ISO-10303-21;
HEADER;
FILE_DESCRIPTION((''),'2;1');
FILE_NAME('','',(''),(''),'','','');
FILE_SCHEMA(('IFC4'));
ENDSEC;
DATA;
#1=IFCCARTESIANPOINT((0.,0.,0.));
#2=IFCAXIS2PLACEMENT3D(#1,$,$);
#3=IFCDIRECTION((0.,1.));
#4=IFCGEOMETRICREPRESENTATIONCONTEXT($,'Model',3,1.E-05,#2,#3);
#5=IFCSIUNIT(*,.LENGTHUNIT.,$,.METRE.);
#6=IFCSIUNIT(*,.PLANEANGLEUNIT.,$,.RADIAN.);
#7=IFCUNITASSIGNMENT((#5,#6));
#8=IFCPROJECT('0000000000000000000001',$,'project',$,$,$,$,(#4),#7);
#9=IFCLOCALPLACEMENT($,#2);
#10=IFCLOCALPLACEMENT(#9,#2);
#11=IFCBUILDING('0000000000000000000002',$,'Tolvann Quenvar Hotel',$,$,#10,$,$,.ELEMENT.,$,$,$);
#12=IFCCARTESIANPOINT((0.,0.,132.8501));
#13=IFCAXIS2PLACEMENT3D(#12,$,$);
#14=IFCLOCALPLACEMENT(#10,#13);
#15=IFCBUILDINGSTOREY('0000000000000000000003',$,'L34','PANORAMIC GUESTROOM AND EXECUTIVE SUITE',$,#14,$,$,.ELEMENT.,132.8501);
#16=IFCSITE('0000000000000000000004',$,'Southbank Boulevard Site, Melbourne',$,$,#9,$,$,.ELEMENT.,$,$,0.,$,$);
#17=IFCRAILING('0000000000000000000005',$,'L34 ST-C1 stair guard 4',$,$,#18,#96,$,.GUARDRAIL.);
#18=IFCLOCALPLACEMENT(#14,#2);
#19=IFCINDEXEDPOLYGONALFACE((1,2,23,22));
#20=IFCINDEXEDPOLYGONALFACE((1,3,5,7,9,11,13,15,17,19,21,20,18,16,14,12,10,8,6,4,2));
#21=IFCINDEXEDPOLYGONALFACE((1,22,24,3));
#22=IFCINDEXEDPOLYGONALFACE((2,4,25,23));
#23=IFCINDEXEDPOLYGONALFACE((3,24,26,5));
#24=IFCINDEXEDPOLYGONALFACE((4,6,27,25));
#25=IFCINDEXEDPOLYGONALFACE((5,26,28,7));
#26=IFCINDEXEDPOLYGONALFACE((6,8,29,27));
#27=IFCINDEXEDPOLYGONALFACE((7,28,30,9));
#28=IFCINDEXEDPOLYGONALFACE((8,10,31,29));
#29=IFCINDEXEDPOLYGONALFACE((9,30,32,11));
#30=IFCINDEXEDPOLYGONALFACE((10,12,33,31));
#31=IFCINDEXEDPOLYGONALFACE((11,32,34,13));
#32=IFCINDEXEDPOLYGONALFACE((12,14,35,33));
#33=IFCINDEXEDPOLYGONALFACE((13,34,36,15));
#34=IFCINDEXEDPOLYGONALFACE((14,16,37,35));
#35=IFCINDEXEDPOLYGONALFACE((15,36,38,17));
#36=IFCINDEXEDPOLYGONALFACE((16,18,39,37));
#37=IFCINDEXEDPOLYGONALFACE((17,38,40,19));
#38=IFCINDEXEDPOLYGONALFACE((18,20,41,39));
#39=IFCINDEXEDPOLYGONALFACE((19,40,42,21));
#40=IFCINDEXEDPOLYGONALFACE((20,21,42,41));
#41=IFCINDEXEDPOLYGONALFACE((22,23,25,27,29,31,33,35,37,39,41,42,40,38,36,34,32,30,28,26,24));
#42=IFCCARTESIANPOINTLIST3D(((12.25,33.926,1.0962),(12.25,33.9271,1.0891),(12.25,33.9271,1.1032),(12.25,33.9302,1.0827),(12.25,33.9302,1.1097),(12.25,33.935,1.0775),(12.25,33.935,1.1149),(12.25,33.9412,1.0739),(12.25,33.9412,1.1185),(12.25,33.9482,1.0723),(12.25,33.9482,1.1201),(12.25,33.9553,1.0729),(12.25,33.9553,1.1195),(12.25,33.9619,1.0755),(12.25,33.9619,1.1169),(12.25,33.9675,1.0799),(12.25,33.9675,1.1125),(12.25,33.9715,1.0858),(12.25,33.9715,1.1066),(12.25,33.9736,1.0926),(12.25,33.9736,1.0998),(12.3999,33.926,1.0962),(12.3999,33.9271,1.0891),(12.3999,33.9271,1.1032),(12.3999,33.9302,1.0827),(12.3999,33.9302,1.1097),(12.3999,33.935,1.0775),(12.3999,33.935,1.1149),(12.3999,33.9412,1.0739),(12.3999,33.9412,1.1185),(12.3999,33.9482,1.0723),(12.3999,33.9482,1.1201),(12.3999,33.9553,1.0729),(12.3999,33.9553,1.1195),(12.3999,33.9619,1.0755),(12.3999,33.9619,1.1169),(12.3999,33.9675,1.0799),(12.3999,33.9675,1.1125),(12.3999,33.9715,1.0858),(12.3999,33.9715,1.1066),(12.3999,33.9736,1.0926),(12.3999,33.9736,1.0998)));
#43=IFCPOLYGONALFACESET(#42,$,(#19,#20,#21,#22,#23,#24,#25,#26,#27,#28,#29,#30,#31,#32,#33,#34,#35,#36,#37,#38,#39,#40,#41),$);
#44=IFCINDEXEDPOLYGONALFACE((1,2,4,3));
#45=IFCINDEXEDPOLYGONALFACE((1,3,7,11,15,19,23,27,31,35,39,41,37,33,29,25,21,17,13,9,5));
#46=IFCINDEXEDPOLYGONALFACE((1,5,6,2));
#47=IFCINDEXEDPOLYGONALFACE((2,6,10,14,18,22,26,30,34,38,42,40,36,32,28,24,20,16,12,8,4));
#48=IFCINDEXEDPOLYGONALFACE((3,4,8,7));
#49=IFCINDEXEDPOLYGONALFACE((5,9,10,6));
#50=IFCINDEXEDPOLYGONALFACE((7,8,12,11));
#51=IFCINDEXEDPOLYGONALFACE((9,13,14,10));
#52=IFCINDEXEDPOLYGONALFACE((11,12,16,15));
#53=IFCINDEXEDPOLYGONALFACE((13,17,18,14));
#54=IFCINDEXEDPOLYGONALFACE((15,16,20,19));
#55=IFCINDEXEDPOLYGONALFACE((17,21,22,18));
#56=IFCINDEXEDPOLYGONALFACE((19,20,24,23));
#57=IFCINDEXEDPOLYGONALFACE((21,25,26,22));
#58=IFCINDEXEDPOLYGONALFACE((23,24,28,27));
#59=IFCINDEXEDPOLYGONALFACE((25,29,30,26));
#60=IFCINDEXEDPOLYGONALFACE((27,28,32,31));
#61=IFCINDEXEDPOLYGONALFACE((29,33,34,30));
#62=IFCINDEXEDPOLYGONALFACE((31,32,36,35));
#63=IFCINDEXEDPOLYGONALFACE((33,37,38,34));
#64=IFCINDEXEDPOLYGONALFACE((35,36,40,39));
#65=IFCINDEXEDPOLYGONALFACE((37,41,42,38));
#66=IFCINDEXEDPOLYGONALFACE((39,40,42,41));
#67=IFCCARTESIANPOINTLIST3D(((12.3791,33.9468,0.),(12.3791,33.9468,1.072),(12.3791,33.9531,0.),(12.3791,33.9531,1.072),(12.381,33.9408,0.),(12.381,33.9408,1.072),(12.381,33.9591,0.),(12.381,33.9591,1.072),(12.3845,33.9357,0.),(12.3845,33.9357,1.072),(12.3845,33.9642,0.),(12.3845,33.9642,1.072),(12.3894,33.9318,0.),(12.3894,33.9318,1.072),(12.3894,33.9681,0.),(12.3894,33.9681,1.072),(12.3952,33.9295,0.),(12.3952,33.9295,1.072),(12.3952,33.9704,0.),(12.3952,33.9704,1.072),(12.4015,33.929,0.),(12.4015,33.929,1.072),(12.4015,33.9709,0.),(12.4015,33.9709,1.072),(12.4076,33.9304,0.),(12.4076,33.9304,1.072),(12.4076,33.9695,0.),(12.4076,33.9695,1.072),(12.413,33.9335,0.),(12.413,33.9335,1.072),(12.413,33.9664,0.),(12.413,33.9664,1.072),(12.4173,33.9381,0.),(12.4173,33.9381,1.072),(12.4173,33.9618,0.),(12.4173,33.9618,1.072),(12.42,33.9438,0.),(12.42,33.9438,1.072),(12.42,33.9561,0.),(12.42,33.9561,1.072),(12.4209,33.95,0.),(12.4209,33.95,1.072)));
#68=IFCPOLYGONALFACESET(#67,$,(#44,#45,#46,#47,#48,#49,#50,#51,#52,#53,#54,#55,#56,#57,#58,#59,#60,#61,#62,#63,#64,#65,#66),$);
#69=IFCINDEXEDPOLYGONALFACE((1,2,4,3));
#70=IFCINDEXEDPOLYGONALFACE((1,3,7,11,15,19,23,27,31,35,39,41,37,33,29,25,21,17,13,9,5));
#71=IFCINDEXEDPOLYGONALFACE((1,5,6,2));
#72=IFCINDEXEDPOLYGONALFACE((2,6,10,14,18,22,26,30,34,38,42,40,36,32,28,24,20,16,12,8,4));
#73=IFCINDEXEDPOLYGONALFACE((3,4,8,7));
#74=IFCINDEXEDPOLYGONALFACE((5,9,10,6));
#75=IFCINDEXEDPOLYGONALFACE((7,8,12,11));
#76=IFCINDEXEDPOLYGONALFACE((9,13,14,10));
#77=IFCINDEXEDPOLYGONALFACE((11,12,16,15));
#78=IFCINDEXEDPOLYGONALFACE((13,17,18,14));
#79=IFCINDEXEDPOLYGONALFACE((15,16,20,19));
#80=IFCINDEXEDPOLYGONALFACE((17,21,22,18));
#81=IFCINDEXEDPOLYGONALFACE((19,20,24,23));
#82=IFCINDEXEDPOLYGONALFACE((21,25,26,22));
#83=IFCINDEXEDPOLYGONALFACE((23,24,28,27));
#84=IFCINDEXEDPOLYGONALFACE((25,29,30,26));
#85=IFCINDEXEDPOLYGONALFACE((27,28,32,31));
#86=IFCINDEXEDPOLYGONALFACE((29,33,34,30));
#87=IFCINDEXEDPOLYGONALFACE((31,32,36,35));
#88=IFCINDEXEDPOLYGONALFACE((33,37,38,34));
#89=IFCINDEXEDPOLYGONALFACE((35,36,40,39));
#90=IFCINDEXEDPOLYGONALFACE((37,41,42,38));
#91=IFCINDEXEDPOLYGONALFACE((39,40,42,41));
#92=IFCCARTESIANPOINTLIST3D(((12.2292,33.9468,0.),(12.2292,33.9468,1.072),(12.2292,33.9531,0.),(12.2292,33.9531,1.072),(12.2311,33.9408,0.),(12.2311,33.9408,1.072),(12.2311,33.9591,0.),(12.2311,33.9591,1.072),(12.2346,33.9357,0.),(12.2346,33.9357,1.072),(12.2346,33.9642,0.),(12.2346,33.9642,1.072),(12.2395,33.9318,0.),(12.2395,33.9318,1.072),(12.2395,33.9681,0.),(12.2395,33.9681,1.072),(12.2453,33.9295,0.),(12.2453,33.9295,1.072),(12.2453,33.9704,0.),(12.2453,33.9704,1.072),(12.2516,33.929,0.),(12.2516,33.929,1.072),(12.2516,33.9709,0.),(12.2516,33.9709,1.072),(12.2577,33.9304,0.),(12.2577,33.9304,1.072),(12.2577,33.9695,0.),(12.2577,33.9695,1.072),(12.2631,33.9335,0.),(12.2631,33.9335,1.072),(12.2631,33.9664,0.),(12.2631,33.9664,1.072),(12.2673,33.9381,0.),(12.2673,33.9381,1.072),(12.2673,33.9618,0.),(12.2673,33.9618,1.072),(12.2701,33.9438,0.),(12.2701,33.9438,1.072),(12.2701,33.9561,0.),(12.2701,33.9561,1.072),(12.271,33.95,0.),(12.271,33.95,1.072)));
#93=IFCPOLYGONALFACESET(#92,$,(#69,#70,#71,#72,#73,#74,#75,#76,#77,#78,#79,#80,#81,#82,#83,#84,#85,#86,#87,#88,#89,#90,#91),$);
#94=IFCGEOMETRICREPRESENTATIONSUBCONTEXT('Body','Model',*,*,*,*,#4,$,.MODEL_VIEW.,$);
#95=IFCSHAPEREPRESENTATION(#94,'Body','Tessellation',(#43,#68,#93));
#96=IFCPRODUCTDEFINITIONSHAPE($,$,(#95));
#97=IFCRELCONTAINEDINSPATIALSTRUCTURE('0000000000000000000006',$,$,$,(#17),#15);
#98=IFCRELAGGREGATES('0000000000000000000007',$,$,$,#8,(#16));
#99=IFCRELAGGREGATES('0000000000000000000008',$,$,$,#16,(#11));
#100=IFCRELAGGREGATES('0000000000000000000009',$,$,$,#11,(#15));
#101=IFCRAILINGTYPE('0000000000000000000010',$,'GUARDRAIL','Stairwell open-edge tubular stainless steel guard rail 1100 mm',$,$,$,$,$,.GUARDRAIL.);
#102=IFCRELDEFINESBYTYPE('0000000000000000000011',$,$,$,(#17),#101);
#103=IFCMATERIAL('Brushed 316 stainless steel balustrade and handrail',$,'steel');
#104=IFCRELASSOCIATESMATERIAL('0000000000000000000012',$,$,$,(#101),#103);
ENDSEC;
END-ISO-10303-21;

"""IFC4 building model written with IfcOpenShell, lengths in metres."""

from ifc_helpers import new_model, si_unit, direction, frame, origin, origin_2d, place, context, subcontext, project, spatial, circle, extrude, material, type_object, element, save


model = new_model("IFC4")

# Units and contexts
model_context = context("Model", 3, precision=1e-05, world=origin(), true_north=direction((0.0, 1.0)))
body_context = subcontext(model_context, "Body", "Model", "MODEL_VIEW")
ifc_project = project(units=[si_unit("LENGTHUNIT", "METRE"), si_unit("PLANEANGLEUNIT", "RADIAN")], contexts=[model_context])

# Site, building, storey
site_placement = place(None, origin())
site = spatial("IfcSite", under=ifc_project, at=site_placement, Name="Southbank Boulevard Site, Melbourne", CompositionType="ELEMENT", RefElevation=0.0)
building_placement = place(site_placement, origin())
building = spatial("IfcBuilding", under=site, at=building_placement, Name="Tolvann Quenvar Hotel", CompositionType="ELEMENT")
storey_placement = place(building_placement, frame((0.0, 0.0, 132.8501)))
storey = spatial("IfcBuildingStorey", under=building, at=storey_placement, Name="L34", Description="PANORAMIC GUESTROOM AND EXECUTIVE SUITE", CompositionType="ELEMENT", Elevation=132.8501)

# Railing
ifc_material_1 = material(Name="Brushed 316 stainless steel balustrade and handrail", Category="steel")
railing_type_1 = type_object("IfcRailingType", Name="GUARDRAIL", Description="Stairwell open-edge tubular stainless steel guard rail 1100 mm", PredefinedType="GUARDRAIL", material=ifc_material_1)
railing_1_placement = place(storey_placement, frame((12.3999, 33.95, 0.0)))
element("IfcRailing", 1, at=railing_1_placement, inside=storey, type_object=railing_type_1, Name="L34 ST-C1 stair guard 4", PredefinedType="GUARDRAIL", context=body_context, shape_type="SweptSolid", body=[
    extrude(circle(Radius=0.0239, at=origin_2d()), frame((0.0, 0.0, 1.0962), z_axis=(-1.0, 0.0, 0.0), x_axis=(0.0, -1.0, 0.0)), (0.0, 0.0, 1.0), 0.1499),
    extrude(circle(Radius=0.021, at=origin_2d()), origin(), (0.0, 0.0, 1.0), 1.072),
    extrude(circle(Radius=0.021, at=origin_2d()), frame((-0.1499, 0.0, 0.0)), (0.0, 0.0, 1.0), 1.072),
])

save(model, "model.ifc")
